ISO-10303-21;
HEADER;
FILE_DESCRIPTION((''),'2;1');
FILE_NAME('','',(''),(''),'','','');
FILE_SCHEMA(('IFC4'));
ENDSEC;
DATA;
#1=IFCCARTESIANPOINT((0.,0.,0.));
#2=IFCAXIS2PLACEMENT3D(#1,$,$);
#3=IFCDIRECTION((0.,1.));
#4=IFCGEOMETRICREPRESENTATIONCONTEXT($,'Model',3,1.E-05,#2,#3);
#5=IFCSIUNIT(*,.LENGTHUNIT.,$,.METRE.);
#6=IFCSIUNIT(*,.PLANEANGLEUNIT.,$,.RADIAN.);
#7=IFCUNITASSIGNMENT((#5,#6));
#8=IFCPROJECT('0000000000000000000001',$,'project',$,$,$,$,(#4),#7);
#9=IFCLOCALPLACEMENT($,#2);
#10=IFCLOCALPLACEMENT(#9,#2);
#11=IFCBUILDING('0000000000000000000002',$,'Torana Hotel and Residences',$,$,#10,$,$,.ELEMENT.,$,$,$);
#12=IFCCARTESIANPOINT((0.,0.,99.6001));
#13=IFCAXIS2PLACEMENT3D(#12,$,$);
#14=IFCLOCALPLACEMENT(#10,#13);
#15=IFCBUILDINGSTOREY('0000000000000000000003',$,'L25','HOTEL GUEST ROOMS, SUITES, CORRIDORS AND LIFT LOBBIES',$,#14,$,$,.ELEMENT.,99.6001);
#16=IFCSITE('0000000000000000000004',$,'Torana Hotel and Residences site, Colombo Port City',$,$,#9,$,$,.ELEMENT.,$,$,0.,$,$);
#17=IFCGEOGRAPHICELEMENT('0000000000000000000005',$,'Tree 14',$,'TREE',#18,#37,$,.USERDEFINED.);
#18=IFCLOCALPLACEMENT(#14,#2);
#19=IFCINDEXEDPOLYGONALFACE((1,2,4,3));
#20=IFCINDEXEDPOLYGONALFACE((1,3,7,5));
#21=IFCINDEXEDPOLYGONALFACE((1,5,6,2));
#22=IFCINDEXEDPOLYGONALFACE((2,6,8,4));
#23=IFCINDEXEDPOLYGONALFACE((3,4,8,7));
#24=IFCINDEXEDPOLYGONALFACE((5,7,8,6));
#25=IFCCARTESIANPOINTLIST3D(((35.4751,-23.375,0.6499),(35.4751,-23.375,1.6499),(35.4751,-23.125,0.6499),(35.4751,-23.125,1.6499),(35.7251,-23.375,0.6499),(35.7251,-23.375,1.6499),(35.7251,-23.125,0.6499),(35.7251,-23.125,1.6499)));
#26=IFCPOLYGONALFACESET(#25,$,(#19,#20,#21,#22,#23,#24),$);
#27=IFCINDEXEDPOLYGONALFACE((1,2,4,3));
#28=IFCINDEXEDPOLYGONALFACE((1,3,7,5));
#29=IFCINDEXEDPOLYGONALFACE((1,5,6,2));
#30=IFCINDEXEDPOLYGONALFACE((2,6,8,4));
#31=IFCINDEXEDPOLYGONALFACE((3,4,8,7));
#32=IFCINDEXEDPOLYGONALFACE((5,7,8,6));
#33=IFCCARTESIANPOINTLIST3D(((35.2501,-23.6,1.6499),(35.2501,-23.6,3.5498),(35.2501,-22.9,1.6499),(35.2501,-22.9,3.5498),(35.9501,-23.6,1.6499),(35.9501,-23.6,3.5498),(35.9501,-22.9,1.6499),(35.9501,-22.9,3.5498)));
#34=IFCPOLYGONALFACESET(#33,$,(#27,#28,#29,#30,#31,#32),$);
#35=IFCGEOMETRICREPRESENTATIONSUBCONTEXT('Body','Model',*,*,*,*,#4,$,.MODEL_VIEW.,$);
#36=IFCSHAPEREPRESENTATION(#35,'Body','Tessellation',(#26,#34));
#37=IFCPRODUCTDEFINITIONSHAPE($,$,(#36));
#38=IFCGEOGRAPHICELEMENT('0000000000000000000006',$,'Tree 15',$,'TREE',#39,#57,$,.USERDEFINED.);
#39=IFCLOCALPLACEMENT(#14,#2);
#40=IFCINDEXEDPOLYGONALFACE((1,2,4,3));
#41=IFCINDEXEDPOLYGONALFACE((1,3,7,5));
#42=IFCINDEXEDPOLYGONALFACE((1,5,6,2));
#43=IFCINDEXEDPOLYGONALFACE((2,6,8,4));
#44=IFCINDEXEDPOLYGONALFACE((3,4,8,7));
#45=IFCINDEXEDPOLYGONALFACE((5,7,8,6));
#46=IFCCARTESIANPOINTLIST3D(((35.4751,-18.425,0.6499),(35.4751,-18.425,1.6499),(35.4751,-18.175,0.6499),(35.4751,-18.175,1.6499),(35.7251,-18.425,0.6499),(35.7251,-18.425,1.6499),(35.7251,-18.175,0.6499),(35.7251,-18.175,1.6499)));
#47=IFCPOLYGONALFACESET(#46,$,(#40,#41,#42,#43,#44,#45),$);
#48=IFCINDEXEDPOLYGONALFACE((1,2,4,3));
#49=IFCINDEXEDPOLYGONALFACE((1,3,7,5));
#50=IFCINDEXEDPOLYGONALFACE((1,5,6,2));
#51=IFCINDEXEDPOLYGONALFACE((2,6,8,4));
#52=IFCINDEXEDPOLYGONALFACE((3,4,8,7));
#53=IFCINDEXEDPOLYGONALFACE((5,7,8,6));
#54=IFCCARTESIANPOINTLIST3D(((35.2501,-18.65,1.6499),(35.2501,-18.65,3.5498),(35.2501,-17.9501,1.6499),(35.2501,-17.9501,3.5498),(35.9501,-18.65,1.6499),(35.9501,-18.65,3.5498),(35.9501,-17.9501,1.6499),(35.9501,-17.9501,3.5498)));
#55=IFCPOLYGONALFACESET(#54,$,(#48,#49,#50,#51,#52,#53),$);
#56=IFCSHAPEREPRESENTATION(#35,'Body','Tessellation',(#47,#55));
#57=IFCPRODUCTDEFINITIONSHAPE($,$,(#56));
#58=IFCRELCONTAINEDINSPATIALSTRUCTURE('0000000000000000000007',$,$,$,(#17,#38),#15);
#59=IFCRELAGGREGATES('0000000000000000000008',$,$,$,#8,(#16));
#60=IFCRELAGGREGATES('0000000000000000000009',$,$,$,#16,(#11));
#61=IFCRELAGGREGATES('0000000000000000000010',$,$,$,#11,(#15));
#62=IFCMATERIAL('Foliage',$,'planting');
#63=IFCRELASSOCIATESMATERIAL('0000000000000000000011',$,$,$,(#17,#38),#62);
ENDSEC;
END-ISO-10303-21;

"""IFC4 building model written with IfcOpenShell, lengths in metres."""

from ifc_helpers import new_model, si_unit, direction, frame, origin, origin_2d, place, context, subcontext, project, spatial, rectangle, extrude, material, element, save


model = new_model("IFC4")

# Units and contexts
model_context = context("Model", 3, precision=1e-05, world=origin(), true_north=direction((0.0, 1.0)))
body_context = subcontext(model_context, "Body", "Model", "MODEL_VIEW")
ifc_project = project(units=[si_unit("LENGTHUNIT", "METRE"), si_unit("PLANEANGLEUNIT", "RADIAN")], contexts=[model_context])

# Site, building, storey
site_placement = place(None, origin())
site = spatial("IfcSite", under=ifc_project, at=site_placement, Name="Torana Hotel and Residences site, Colombo Port City", CompositionType="ELEMENT", RefElevation=0.0)
building_placement = place(site_placement, origin())
building = spatial("IfcBuilding", under=site, at=building_placement, Name="Torana Hotel and Residences", CompositionType="ELEMENT")
storey_placement = place(building_placement, frame((0.0, 0.0, 99.6001)))
storey = spatial("IfcBuildingStorey", under=building, at=storey_placement, Name="L25", Description="HOTEL GUEST ROOMS, SUITES, CORRIDORS AND LIFT LOBBIES", CompositionType="ELEMENT", Elevation=99.6001)

# Geographic elements
ifc_material_1 = material(Name="Foliage", Category="planting")
for number, where, z_axis, x_axis, name in (
    (1, (35.6001, -23.25, 0.6499), (0.0, 0.0, 1.0), (1.0, 0.0, 0.0), "Tree 14"),
    (2, (35.6001, -18.3, 0.6499), (0.0, 0.0, 1.0), (1.0, 0.0, 0.0), "Tree 15"),
):
    element("IfcGeographicElement", number, at=place(storey_placement, frame(where, z_axis=z_axis, x_axis=x_axis)), inside=storey, material=ifc_material_1, Name=name, ObjectType="TREE", PredefinedType="USERDEFINED", context=body_context, shape_type="SweptSolid", body=[
        extrude(rectangle(XDim=0.25, YDim=0.25, at=origin_2d()), origin(), (0.0, 0.0, 1.0), 1.0),
        extrude(rectangle(XDim=0.7, YDim=0.7, at=origin_2d()), frame((0.0, 0.0, 1.0)), (0.0, 0.0, 1.0), 1.8999),
    ])

save(model, "model.ifc")
